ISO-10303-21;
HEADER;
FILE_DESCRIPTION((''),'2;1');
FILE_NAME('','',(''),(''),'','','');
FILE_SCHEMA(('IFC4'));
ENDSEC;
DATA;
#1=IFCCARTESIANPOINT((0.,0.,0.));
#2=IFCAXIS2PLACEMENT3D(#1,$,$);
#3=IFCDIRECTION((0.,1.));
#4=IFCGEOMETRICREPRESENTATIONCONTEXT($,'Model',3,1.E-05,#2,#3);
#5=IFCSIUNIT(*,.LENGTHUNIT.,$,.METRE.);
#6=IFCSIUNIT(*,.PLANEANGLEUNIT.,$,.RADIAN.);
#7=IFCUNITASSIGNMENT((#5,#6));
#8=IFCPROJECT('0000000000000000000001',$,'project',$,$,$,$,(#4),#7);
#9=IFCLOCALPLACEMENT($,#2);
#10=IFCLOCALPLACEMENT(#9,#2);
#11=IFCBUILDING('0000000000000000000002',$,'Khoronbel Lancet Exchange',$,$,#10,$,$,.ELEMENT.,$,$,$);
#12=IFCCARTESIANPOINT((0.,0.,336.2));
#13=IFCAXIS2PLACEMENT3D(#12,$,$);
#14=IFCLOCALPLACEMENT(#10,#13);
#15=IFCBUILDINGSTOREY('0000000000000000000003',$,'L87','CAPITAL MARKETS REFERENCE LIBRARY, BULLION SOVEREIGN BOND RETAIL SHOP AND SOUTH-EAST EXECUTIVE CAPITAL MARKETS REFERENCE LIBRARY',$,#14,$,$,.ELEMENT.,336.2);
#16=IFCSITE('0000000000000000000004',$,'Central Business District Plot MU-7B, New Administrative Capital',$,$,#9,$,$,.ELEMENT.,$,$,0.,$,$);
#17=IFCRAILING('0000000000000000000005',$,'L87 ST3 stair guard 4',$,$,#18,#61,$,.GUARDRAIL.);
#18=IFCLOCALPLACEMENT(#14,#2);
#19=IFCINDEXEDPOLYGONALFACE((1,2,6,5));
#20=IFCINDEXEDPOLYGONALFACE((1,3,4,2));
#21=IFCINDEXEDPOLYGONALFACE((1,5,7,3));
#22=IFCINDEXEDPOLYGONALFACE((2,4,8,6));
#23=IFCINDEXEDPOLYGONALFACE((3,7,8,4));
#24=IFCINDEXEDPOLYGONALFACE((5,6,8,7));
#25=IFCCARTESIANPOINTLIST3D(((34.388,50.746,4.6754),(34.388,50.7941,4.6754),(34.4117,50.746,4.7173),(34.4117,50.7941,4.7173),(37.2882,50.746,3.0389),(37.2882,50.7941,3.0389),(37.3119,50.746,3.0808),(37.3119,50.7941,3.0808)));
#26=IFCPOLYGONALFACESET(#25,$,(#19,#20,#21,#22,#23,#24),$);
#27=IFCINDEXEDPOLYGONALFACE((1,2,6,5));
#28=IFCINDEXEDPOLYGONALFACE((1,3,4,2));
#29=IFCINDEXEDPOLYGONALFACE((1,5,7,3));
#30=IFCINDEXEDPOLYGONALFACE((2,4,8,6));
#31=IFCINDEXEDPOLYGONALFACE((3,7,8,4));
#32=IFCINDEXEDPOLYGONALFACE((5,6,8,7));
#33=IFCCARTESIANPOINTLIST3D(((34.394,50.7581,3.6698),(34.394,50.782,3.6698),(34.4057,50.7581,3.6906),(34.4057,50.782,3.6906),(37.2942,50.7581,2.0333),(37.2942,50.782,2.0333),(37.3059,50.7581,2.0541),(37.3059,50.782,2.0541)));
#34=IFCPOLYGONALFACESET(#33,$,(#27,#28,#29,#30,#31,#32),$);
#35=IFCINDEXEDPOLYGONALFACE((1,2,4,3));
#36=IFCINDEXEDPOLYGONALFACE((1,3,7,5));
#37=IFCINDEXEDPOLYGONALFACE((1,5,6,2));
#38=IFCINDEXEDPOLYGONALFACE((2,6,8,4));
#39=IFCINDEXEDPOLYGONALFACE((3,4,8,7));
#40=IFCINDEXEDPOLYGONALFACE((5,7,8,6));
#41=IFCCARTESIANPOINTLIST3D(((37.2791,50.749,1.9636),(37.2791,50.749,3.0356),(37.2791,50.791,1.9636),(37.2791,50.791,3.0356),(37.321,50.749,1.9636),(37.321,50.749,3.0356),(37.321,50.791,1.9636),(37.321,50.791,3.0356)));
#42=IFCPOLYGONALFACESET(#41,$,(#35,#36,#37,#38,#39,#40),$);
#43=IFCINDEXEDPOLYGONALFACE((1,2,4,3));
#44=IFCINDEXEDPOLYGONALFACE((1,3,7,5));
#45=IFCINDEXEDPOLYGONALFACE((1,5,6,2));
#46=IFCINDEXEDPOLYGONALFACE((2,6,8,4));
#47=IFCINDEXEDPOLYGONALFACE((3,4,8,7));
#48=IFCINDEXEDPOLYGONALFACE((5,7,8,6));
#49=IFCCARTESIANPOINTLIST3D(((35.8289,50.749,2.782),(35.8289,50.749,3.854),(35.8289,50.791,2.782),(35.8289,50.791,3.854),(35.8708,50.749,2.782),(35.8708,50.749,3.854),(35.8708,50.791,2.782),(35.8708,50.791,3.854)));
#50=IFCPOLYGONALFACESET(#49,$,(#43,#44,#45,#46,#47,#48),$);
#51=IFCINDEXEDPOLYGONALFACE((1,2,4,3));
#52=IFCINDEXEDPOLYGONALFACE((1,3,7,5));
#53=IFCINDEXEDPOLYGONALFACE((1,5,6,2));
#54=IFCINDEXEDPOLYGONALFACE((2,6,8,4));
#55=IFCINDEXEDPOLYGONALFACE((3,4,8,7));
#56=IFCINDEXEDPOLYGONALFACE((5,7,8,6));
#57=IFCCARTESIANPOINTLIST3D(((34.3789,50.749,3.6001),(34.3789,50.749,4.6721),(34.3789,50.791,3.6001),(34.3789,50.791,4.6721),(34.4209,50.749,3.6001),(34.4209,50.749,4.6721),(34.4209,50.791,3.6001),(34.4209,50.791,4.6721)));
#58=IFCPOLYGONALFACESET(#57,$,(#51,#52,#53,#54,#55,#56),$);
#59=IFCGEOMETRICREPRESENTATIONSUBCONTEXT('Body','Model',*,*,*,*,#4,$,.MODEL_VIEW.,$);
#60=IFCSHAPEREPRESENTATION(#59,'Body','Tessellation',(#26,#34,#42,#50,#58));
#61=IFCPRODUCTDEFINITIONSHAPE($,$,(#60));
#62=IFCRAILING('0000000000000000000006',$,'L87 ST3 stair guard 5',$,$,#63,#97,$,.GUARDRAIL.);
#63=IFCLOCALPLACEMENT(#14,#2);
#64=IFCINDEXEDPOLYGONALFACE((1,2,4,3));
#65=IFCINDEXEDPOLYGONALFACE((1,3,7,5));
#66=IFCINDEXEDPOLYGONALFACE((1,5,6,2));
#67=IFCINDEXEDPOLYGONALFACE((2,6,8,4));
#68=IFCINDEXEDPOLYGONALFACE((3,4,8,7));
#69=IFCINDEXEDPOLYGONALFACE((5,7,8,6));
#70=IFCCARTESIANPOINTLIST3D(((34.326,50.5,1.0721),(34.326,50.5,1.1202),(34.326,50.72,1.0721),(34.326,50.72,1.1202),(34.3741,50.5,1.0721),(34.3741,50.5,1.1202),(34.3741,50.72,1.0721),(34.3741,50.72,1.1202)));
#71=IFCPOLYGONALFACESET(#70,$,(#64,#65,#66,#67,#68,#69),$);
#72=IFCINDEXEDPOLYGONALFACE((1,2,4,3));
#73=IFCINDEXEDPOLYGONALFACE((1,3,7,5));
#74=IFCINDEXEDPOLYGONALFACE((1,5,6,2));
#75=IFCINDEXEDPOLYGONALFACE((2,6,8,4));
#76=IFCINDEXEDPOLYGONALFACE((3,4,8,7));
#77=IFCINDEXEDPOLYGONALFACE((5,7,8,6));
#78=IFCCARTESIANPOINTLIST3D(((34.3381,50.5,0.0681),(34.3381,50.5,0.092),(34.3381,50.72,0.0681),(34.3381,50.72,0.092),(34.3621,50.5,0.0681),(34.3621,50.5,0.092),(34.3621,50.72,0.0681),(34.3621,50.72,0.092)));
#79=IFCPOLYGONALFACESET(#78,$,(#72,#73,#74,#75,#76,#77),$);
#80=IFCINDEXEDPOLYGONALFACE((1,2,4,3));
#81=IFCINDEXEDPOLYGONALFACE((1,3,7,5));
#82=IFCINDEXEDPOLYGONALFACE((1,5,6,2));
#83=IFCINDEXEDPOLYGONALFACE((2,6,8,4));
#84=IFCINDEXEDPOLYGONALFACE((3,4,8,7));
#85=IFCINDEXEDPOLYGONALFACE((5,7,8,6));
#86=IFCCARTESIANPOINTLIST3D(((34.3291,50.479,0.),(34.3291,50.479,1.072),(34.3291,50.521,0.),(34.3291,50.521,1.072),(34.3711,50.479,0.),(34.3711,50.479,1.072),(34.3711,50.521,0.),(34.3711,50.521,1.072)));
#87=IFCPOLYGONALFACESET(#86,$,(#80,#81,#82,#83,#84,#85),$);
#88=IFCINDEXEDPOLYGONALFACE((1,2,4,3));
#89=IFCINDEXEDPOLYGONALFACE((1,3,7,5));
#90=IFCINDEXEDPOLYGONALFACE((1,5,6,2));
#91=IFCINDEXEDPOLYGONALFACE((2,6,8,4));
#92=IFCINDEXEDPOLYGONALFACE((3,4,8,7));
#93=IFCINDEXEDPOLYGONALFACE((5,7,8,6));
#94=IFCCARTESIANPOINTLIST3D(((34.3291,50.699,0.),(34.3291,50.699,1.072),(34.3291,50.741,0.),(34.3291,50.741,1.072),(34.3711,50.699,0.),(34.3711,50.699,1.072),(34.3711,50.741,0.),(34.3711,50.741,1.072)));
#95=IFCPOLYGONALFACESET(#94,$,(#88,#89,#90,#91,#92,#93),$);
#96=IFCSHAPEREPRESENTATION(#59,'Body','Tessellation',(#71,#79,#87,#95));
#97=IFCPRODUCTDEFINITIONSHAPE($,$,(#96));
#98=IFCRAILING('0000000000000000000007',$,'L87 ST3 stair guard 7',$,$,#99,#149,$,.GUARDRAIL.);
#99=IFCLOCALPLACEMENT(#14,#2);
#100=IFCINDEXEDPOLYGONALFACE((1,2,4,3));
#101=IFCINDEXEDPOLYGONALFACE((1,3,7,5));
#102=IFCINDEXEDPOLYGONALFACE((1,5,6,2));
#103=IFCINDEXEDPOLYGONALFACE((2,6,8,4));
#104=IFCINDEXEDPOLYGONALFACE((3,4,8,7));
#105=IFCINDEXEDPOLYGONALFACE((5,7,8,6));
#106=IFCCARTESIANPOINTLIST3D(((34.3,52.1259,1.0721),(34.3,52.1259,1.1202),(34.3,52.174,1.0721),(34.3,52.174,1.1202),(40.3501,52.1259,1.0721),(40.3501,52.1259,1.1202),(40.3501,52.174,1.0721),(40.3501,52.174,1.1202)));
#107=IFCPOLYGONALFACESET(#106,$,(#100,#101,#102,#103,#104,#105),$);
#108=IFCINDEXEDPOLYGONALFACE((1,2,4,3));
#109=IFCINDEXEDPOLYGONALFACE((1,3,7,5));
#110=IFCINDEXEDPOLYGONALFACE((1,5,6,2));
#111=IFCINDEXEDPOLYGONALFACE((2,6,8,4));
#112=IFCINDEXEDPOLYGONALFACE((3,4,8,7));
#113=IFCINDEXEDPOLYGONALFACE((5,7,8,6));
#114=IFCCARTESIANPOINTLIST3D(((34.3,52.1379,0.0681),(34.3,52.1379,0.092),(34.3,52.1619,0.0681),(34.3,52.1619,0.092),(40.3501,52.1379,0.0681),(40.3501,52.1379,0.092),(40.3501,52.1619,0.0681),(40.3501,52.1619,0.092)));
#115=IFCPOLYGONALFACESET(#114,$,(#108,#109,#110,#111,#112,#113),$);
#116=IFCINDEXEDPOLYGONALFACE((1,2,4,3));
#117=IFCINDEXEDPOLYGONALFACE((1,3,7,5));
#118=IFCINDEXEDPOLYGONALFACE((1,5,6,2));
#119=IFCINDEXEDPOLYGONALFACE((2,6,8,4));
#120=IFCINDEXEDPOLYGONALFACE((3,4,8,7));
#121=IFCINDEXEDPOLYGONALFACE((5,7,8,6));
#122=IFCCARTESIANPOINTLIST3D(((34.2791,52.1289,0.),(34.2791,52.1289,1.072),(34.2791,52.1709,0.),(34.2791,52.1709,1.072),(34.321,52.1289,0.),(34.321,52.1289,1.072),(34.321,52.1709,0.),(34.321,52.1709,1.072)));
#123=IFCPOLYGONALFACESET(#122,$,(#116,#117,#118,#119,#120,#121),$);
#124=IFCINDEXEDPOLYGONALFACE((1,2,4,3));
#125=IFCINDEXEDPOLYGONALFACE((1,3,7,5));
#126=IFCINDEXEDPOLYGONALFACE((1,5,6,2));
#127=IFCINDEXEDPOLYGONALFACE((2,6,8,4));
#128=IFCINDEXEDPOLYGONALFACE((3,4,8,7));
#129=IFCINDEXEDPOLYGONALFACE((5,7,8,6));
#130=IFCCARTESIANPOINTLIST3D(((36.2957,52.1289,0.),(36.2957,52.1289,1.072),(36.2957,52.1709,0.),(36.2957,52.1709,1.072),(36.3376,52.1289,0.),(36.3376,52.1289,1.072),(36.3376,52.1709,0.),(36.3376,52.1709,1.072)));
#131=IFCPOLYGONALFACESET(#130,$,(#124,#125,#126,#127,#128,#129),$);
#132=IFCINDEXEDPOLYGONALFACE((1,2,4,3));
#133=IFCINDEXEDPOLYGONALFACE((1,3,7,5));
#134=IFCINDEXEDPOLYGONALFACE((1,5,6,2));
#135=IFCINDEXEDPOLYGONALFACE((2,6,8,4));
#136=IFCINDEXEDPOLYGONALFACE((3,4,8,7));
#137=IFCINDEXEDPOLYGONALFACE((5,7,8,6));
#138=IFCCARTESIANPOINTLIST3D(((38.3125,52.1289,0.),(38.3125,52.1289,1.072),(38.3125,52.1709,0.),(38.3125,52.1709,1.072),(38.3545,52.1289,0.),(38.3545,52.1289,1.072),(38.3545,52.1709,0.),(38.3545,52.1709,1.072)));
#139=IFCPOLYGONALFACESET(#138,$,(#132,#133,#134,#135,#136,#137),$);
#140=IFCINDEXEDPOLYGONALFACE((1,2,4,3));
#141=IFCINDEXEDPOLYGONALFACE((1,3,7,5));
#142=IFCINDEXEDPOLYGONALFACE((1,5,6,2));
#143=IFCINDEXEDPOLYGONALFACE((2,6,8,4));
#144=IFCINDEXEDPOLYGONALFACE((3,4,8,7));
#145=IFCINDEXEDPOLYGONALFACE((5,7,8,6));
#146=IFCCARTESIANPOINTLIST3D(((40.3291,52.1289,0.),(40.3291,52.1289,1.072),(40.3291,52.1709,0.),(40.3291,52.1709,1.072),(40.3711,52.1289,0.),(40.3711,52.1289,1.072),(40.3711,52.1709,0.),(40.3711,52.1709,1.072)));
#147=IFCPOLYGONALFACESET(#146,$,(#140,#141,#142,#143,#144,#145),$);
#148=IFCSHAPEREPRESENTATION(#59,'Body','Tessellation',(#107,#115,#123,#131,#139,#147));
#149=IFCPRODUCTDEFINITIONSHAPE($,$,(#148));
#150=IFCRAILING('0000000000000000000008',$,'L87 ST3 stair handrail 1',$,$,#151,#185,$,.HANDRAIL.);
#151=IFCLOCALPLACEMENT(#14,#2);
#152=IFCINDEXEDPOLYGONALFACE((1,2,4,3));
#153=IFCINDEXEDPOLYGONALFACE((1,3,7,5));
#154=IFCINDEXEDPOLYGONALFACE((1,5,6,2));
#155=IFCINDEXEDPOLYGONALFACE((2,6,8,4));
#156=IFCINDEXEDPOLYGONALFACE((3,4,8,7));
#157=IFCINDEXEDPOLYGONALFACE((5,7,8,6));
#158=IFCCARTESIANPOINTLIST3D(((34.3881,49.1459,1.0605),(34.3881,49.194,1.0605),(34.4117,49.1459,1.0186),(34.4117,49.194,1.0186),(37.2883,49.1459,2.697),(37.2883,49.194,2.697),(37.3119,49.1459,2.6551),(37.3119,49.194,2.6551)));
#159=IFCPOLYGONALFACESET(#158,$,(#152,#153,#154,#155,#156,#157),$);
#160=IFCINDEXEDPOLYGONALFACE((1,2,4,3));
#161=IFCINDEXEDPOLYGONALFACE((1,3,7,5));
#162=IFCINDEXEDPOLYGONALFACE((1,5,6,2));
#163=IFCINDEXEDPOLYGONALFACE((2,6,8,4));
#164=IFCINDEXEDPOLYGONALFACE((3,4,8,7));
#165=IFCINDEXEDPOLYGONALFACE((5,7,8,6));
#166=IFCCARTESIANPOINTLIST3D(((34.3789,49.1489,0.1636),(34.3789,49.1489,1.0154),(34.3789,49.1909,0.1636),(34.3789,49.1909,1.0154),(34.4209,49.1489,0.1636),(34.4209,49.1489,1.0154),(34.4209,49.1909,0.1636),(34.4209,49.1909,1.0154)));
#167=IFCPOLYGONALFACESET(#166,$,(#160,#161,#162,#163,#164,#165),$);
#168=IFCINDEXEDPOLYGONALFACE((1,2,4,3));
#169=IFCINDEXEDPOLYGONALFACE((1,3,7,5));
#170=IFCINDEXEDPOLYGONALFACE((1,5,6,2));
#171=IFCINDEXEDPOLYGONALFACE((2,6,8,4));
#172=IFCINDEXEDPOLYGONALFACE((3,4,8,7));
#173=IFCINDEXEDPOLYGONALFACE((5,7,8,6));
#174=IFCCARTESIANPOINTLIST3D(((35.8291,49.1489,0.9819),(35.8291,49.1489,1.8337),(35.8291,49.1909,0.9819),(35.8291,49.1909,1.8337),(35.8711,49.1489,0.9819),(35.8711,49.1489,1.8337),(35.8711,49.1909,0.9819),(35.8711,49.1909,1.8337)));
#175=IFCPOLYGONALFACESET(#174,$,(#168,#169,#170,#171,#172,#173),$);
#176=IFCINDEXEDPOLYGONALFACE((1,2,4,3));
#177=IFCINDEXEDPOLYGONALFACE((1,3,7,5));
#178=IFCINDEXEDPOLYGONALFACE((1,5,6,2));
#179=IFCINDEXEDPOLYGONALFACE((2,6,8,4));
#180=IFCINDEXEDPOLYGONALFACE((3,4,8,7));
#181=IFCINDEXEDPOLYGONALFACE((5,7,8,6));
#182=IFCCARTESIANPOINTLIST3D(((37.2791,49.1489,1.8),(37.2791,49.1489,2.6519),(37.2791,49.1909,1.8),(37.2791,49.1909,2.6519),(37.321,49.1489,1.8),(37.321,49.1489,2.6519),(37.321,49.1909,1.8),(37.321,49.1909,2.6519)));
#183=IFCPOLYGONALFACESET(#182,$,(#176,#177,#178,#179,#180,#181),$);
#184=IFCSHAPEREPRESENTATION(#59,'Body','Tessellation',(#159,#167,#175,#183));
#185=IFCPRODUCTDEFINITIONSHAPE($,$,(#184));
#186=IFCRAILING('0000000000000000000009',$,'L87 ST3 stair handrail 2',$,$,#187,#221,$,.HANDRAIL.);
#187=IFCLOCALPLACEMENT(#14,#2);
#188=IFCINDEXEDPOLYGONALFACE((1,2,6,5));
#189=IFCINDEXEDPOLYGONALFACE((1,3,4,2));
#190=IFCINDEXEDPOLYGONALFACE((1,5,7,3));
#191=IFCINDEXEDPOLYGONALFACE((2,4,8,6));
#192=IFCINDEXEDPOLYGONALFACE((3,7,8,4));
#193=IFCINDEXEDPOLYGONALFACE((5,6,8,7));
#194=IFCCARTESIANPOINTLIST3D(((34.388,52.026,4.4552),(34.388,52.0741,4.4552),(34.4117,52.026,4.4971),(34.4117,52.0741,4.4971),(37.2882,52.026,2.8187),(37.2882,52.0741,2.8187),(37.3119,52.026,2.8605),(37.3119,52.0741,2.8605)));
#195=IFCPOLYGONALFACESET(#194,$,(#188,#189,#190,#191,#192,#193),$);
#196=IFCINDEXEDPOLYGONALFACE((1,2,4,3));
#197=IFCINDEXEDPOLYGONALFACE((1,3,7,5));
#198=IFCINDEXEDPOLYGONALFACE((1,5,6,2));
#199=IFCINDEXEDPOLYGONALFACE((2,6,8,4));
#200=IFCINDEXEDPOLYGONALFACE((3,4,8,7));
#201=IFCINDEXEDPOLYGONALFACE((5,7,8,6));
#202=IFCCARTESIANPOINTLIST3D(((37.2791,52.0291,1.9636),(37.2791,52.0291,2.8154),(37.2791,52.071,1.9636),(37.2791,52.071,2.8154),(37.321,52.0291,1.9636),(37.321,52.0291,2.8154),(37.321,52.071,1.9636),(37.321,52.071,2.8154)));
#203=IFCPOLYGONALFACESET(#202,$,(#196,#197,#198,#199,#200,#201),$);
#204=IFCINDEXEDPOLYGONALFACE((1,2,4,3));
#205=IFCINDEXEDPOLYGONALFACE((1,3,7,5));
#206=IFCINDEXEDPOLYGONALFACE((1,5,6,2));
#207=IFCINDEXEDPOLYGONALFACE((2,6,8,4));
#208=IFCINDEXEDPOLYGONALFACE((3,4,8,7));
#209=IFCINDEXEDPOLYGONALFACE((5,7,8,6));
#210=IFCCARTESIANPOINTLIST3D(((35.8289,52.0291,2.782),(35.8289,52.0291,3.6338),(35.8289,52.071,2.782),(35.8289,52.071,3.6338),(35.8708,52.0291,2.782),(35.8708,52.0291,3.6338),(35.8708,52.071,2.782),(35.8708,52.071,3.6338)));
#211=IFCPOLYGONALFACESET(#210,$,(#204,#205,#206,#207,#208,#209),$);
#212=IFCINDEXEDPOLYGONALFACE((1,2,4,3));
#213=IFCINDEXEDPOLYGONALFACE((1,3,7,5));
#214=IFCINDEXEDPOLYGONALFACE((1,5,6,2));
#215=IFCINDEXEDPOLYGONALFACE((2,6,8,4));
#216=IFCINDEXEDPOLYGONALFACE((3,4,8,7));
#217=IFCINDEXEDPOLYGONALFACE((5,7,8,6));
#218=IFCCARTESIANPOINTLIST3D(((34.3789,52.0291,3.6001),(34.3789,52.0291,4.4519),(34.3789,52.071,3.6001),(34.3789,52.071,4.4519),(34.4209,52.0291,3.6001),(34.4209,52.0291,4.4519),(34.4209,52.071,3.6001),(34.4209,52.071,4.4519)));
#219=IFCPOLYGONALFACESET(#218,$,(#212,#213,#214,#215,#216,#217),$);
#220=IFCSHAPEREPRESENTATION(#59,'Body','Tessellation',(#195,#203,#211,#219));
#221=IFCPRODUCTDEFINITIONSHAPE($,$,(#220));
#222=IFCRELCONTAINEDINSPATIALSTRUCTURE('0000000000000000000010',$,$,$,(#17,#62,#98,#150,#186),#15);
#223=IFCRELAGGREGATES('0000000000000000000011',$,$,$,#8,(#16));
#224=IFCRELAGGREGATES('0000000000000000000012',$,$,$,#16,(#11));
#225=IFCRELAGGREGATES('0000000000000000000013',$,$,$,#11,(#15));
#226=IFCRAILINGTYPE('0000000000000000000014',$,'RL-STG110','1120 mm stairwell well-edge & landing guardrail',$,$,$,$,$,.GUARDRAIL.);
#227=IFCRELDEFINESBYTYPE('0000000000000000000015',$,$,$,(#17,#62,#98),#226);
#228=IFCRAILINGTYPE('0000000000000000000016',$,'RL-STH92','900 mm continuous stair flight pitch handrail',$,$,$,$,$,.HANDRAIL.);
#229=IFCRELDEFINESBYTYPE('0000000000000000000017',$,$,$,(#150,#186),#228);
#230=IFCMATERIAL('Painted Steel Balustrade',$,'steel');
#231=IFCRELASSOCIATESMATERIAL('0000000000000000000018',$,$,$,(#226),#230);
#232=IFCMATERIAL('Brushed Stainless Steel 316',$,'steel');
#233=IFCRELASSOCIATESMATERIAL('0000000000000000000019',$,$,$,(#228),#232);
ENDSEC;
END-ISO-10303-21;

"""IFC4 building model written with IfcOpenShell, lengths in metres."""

from ifc_helpers import new_model, si_unit, direction, frame, origin, origin_2d, place, context, subcontext, project, spatial, rectangle, extrude, material, type_object, element, save


model = new_model("IFC4")

# Units and contexts
model_context = context("Model", 3, precision=1e-05, world=origin(), true_north=direction((0.0, 1.0)))
body_context = subcontext(model_context, "Body", "Model", "MODEL_VIEW")
ifc_project = project(units=[si_unit("LENGTHUNIT", "METRE"), si_unit("PLANEANGLEUNIT", "RADIAN")], contexts=[model_context])

# Site, building, storey
site_placement = place(None, origin())
site = spatial("IfcSite", under=ifc_project, at=site_placement, Name="Central Business District Plot MU-7B, New Administrative Capital", CompositionType="ELEMENT", RefElevation=0.0)
building_placement = place(site_placement, origin())
building = spatial("IfcBuilding", under=site, at=building_placement, Name="Khoronbel Lancet Exchange", CompositionType="ELEMENT")
storey_placement = place(building_placement, frame((0.0, 0.0, 336.2)))
storey = spatial("IfcBuildingStorey", under=building, at=storey_placement, Name="L87", Description="CAPITAL MARKETS REFERENCE LIBRARY, BULLION SOVEREIGN BOND RETAIL SHOP AND SOUTH-EAST EXECUTIVE CAPITAL MARKETS REFERENCE LIBRARY", CompositionType="ELEMENT", Elevation=336.2)

# Railings
ifc_material_1 = material(Name="Painted Steel Balustrade", Category="steel")
railing_type_1 = type_object("IfcRailingType", Name="RL-STG110", Description="1120 mm stairwell well-edge & landing guardrail", PredefinedType="GUARDRAIL", material=ifc_material_1)
railing_1_placement = place(storey_placement, frame((37.3, 50.77, 1.9636)))
element("IfcRailing", 1, at=railing_1_placement, inside=storey, type_object=railing_type_1, Name="L87 ST3 stair guard 4", PredefinedType="GUARDRAIL", context=body_context, shape_type="SweptSolid", body=[
    extrude(rectangle(XDim=0.0481, YDim=0.0481, at=origin_2d()), frame((0.0, 0.0, 1.0962), z_axis=(-0.870915, 0.0, 0.491434), x_axis=(0.0, -1.0, 0.0)), (0.0, 0.0, 1.0), 3.3301),
    extrude(rectangle(XDim=0.0239, YDim=0.0239, at=origin_2d()), frame((0.0, 0.0, 0.0801), z_axis=(-0.870915, 0.0, 0.491434), x_axis=(0.0, -1.0, 0.0)), (0.0, 0.0, 1.0), 3.3301),
    extrude(rectangle(XDim=0.042, YDim=0.042, at=origin_2d()), origin(), (0.0, 0.0, 1.0), 1.072),
    extrude(rectangle(XDim=0.042, YDim=0.042, at=origin_2d()), frame((-1.4502, 0.0, 0.8184)), (0.0, 0.0, 1.0), 1.072),
    extrude(rectangle(XDim=0.042, YDim=0.042, at=origin_2d()), frame((-2.9001, 0.0, 1.6365)), (0.0, 0.0, 1.0), 1.072),
])
railing_2_placement = place(storey_placement, frame((34.3501, 50.5, 0.0)))
element("IfcRailing", 2, at=railing_2_placement, inside=storey, type_object=railing_type_1, Name="L87 ST3 stair guard 5", PredefinedType="GUARDRAIL", context=body_context, shape_type="SweptSolid", body=[
    extrude(rectangle(XDim=0.0481, YDim=0.0481, at=origin_2d()), frame((0.0, 0.0, 1.0962), z_axis=(0.0, 1.0, 0.0), x_axis=(-1.0, 0.0, 0.0)), (0.0, 0.0, 1.0), 0.22),
    extrude(rectangle(XDim=0.0239, YDim=0.0239, at=origin_2d()), frame((0.0, 0.0, 0.0801), z_axis=(0.0, 1.0, 0.0), x_axis=(-1.0, 0.0, 0.0)), (0.0, 0.0, 1.0), 0.22),
    extrude(rectangle(XDim=0.042, YDim=0.042, at=origin_2d()), origin(), (0.0, 0.0, 1.0), 1.072),
    extrude(rectangle(XDim=0.042, YDim=0.042, at=origin_2d()), frame((0.0, 0.22, 0.0)), (0.0, 0.0, 1.0), 1.072),
])
railing_3_placement = place(storey_placement, frame((34.3, 52.1499, 0.0)))
element("IfcRailing", 3, at=railing_3_placement, inside=storey, type_object=railing_type_1, Name="L87 ST3 stair guard 7", PredefinedType="GUARDRAIL", context=body_context, shape_type="SweptSolid", body=[
    extrude(rectangle(XDim=0.0481, YDim=0.0481, at=origin_2d()), frame((0.0, 0.0, 1.0962), z_axis=(1.0, 0.0, 0.0), x_axis=(0.0, 1.0, 0.0)), (0.0, 0.0, 1.0), 6.05),
    extrude(rectangle(XDim=0.0239, YDim=0.0239, at=origin_2d()), frame((0.0, 0.0, 0.0801), z_axis=(1.0, 0.0, 0.0), x_axis=(0.0, 1.0, 0.0)), (0.0, 0.0, 1.0), 6.05),
    extrude(rectangle(XDim=0.042, YDim=0.042, at=origin_2d()), origin(), (0.0, 0.0, 1.0), 1.072),
    extrude(rectangle(XDim=0.042, YDim=0.042, at=origin_2d()), frame((2.0166, 0.0, 0.0)), (0.0, 0.0, 1.0), 1.072),
    extrude(rectangle(XDim=0.042, YDim=0.042, at=origin_2d()), frame((4.0334, 0.0, 0.0)), (0.0, 0.0, 1.0), 1.072),
    extrude(rectangle(XDim=0.042, YDim=0.042, at=origin_2d()), frame((6.05, 0.0, 0.0)), (0.0, 0.0, 1.0), 1.072),
])
ifc_material_2 = material(Name="Brushed Stainless Steel 316", Category="steel")
railing_type_2 = type_object("IfcRailingType", Name="RL-STH92", Description="900 mm continuous stair flight pitch handrail", PredefinedType="HANDRAIL", material=ifc_material_2)
railing_4_placement = place(storey_placement, frame((34.3999, 49.1699, 0.1636)))
element("IfcRailing", 4, at=railing_4_placement, inside=storey, type_object=railing_type_2, Name="L87 ST3 stair handrail 1", PredefinedType="HANDRAIL", context=body_context, shape_type="SweptSolid", body=[
    extrude(rectangle(XDim=0.0481, YDim=0.0481, at=origin_2d()), frame((0.0, 0.0, 0.876), z_axis=(0.870915, 0.0, 0.491434), x_axis=(0.0, 1.0, 0.0)), (0.0, 0.0, 1.0), 3.3301),
    extrude(rectangle(XDim=0.042, YDim=0.042, at=origin_2d()), origin(), (0.0, 0.0, 1.0), 0.8518),
    extrude(rectangle(XDim=0.042, YDim=0.042, at=origin_2d()), frame((1.4502, 0.0, 0.8184)), (0.0, 0.0, 1.0), 0.8518),
    extrude(rectangle(XDim=0.042, YDim=0.042, at=origin_2d()), frame((2.9001, 0.0, 1.6365)), (0.0, 0.0, 1.0), 0.8518),
])
railing_5_placement = place(storey_placement, frame((37.3, 52.05, 1.9636)))
element("IfcRailing", 5, at=railing_5_placement, inside=storey, type_object=railing_type_2, Name="L87 ST3 stair handrail 2", PredefinedType="HANDRAIL", context=body_context, shape_type="SweptSolid", body=[
    extrude(rectangle(XDim=0.0481, YDim=0.0481, at=origin_2d()), frame((0.0, 0.0, 0.876), z_axis=(-0.870915, 0.0, 0.491434), x_axis=(0.0, -1.0, 0.0)), (0.0, 0.0, 1.0), 3.3301),
    extrude(rectangle(XDim=0.042, YDim=0.042, at=origin_2d()), origin(), (0.0, 0.0, 1.0), 0.8518),
    extrude(rectangle(XDim=0.042, YDim=0.042, at=origin_2d()), frame((-1.4502, 0.0, 0.8184)), (0.0, 0.0, 1.0), 0.8518),
    extrude(rectangle(XDim=0.042, YDim=0.042, at=origin_2d()), frame((-2.9001, 0.0, 1.6365)), (0.0, 0.0, 1.0), 0.8518),
])

save(model, "model.ifc")
